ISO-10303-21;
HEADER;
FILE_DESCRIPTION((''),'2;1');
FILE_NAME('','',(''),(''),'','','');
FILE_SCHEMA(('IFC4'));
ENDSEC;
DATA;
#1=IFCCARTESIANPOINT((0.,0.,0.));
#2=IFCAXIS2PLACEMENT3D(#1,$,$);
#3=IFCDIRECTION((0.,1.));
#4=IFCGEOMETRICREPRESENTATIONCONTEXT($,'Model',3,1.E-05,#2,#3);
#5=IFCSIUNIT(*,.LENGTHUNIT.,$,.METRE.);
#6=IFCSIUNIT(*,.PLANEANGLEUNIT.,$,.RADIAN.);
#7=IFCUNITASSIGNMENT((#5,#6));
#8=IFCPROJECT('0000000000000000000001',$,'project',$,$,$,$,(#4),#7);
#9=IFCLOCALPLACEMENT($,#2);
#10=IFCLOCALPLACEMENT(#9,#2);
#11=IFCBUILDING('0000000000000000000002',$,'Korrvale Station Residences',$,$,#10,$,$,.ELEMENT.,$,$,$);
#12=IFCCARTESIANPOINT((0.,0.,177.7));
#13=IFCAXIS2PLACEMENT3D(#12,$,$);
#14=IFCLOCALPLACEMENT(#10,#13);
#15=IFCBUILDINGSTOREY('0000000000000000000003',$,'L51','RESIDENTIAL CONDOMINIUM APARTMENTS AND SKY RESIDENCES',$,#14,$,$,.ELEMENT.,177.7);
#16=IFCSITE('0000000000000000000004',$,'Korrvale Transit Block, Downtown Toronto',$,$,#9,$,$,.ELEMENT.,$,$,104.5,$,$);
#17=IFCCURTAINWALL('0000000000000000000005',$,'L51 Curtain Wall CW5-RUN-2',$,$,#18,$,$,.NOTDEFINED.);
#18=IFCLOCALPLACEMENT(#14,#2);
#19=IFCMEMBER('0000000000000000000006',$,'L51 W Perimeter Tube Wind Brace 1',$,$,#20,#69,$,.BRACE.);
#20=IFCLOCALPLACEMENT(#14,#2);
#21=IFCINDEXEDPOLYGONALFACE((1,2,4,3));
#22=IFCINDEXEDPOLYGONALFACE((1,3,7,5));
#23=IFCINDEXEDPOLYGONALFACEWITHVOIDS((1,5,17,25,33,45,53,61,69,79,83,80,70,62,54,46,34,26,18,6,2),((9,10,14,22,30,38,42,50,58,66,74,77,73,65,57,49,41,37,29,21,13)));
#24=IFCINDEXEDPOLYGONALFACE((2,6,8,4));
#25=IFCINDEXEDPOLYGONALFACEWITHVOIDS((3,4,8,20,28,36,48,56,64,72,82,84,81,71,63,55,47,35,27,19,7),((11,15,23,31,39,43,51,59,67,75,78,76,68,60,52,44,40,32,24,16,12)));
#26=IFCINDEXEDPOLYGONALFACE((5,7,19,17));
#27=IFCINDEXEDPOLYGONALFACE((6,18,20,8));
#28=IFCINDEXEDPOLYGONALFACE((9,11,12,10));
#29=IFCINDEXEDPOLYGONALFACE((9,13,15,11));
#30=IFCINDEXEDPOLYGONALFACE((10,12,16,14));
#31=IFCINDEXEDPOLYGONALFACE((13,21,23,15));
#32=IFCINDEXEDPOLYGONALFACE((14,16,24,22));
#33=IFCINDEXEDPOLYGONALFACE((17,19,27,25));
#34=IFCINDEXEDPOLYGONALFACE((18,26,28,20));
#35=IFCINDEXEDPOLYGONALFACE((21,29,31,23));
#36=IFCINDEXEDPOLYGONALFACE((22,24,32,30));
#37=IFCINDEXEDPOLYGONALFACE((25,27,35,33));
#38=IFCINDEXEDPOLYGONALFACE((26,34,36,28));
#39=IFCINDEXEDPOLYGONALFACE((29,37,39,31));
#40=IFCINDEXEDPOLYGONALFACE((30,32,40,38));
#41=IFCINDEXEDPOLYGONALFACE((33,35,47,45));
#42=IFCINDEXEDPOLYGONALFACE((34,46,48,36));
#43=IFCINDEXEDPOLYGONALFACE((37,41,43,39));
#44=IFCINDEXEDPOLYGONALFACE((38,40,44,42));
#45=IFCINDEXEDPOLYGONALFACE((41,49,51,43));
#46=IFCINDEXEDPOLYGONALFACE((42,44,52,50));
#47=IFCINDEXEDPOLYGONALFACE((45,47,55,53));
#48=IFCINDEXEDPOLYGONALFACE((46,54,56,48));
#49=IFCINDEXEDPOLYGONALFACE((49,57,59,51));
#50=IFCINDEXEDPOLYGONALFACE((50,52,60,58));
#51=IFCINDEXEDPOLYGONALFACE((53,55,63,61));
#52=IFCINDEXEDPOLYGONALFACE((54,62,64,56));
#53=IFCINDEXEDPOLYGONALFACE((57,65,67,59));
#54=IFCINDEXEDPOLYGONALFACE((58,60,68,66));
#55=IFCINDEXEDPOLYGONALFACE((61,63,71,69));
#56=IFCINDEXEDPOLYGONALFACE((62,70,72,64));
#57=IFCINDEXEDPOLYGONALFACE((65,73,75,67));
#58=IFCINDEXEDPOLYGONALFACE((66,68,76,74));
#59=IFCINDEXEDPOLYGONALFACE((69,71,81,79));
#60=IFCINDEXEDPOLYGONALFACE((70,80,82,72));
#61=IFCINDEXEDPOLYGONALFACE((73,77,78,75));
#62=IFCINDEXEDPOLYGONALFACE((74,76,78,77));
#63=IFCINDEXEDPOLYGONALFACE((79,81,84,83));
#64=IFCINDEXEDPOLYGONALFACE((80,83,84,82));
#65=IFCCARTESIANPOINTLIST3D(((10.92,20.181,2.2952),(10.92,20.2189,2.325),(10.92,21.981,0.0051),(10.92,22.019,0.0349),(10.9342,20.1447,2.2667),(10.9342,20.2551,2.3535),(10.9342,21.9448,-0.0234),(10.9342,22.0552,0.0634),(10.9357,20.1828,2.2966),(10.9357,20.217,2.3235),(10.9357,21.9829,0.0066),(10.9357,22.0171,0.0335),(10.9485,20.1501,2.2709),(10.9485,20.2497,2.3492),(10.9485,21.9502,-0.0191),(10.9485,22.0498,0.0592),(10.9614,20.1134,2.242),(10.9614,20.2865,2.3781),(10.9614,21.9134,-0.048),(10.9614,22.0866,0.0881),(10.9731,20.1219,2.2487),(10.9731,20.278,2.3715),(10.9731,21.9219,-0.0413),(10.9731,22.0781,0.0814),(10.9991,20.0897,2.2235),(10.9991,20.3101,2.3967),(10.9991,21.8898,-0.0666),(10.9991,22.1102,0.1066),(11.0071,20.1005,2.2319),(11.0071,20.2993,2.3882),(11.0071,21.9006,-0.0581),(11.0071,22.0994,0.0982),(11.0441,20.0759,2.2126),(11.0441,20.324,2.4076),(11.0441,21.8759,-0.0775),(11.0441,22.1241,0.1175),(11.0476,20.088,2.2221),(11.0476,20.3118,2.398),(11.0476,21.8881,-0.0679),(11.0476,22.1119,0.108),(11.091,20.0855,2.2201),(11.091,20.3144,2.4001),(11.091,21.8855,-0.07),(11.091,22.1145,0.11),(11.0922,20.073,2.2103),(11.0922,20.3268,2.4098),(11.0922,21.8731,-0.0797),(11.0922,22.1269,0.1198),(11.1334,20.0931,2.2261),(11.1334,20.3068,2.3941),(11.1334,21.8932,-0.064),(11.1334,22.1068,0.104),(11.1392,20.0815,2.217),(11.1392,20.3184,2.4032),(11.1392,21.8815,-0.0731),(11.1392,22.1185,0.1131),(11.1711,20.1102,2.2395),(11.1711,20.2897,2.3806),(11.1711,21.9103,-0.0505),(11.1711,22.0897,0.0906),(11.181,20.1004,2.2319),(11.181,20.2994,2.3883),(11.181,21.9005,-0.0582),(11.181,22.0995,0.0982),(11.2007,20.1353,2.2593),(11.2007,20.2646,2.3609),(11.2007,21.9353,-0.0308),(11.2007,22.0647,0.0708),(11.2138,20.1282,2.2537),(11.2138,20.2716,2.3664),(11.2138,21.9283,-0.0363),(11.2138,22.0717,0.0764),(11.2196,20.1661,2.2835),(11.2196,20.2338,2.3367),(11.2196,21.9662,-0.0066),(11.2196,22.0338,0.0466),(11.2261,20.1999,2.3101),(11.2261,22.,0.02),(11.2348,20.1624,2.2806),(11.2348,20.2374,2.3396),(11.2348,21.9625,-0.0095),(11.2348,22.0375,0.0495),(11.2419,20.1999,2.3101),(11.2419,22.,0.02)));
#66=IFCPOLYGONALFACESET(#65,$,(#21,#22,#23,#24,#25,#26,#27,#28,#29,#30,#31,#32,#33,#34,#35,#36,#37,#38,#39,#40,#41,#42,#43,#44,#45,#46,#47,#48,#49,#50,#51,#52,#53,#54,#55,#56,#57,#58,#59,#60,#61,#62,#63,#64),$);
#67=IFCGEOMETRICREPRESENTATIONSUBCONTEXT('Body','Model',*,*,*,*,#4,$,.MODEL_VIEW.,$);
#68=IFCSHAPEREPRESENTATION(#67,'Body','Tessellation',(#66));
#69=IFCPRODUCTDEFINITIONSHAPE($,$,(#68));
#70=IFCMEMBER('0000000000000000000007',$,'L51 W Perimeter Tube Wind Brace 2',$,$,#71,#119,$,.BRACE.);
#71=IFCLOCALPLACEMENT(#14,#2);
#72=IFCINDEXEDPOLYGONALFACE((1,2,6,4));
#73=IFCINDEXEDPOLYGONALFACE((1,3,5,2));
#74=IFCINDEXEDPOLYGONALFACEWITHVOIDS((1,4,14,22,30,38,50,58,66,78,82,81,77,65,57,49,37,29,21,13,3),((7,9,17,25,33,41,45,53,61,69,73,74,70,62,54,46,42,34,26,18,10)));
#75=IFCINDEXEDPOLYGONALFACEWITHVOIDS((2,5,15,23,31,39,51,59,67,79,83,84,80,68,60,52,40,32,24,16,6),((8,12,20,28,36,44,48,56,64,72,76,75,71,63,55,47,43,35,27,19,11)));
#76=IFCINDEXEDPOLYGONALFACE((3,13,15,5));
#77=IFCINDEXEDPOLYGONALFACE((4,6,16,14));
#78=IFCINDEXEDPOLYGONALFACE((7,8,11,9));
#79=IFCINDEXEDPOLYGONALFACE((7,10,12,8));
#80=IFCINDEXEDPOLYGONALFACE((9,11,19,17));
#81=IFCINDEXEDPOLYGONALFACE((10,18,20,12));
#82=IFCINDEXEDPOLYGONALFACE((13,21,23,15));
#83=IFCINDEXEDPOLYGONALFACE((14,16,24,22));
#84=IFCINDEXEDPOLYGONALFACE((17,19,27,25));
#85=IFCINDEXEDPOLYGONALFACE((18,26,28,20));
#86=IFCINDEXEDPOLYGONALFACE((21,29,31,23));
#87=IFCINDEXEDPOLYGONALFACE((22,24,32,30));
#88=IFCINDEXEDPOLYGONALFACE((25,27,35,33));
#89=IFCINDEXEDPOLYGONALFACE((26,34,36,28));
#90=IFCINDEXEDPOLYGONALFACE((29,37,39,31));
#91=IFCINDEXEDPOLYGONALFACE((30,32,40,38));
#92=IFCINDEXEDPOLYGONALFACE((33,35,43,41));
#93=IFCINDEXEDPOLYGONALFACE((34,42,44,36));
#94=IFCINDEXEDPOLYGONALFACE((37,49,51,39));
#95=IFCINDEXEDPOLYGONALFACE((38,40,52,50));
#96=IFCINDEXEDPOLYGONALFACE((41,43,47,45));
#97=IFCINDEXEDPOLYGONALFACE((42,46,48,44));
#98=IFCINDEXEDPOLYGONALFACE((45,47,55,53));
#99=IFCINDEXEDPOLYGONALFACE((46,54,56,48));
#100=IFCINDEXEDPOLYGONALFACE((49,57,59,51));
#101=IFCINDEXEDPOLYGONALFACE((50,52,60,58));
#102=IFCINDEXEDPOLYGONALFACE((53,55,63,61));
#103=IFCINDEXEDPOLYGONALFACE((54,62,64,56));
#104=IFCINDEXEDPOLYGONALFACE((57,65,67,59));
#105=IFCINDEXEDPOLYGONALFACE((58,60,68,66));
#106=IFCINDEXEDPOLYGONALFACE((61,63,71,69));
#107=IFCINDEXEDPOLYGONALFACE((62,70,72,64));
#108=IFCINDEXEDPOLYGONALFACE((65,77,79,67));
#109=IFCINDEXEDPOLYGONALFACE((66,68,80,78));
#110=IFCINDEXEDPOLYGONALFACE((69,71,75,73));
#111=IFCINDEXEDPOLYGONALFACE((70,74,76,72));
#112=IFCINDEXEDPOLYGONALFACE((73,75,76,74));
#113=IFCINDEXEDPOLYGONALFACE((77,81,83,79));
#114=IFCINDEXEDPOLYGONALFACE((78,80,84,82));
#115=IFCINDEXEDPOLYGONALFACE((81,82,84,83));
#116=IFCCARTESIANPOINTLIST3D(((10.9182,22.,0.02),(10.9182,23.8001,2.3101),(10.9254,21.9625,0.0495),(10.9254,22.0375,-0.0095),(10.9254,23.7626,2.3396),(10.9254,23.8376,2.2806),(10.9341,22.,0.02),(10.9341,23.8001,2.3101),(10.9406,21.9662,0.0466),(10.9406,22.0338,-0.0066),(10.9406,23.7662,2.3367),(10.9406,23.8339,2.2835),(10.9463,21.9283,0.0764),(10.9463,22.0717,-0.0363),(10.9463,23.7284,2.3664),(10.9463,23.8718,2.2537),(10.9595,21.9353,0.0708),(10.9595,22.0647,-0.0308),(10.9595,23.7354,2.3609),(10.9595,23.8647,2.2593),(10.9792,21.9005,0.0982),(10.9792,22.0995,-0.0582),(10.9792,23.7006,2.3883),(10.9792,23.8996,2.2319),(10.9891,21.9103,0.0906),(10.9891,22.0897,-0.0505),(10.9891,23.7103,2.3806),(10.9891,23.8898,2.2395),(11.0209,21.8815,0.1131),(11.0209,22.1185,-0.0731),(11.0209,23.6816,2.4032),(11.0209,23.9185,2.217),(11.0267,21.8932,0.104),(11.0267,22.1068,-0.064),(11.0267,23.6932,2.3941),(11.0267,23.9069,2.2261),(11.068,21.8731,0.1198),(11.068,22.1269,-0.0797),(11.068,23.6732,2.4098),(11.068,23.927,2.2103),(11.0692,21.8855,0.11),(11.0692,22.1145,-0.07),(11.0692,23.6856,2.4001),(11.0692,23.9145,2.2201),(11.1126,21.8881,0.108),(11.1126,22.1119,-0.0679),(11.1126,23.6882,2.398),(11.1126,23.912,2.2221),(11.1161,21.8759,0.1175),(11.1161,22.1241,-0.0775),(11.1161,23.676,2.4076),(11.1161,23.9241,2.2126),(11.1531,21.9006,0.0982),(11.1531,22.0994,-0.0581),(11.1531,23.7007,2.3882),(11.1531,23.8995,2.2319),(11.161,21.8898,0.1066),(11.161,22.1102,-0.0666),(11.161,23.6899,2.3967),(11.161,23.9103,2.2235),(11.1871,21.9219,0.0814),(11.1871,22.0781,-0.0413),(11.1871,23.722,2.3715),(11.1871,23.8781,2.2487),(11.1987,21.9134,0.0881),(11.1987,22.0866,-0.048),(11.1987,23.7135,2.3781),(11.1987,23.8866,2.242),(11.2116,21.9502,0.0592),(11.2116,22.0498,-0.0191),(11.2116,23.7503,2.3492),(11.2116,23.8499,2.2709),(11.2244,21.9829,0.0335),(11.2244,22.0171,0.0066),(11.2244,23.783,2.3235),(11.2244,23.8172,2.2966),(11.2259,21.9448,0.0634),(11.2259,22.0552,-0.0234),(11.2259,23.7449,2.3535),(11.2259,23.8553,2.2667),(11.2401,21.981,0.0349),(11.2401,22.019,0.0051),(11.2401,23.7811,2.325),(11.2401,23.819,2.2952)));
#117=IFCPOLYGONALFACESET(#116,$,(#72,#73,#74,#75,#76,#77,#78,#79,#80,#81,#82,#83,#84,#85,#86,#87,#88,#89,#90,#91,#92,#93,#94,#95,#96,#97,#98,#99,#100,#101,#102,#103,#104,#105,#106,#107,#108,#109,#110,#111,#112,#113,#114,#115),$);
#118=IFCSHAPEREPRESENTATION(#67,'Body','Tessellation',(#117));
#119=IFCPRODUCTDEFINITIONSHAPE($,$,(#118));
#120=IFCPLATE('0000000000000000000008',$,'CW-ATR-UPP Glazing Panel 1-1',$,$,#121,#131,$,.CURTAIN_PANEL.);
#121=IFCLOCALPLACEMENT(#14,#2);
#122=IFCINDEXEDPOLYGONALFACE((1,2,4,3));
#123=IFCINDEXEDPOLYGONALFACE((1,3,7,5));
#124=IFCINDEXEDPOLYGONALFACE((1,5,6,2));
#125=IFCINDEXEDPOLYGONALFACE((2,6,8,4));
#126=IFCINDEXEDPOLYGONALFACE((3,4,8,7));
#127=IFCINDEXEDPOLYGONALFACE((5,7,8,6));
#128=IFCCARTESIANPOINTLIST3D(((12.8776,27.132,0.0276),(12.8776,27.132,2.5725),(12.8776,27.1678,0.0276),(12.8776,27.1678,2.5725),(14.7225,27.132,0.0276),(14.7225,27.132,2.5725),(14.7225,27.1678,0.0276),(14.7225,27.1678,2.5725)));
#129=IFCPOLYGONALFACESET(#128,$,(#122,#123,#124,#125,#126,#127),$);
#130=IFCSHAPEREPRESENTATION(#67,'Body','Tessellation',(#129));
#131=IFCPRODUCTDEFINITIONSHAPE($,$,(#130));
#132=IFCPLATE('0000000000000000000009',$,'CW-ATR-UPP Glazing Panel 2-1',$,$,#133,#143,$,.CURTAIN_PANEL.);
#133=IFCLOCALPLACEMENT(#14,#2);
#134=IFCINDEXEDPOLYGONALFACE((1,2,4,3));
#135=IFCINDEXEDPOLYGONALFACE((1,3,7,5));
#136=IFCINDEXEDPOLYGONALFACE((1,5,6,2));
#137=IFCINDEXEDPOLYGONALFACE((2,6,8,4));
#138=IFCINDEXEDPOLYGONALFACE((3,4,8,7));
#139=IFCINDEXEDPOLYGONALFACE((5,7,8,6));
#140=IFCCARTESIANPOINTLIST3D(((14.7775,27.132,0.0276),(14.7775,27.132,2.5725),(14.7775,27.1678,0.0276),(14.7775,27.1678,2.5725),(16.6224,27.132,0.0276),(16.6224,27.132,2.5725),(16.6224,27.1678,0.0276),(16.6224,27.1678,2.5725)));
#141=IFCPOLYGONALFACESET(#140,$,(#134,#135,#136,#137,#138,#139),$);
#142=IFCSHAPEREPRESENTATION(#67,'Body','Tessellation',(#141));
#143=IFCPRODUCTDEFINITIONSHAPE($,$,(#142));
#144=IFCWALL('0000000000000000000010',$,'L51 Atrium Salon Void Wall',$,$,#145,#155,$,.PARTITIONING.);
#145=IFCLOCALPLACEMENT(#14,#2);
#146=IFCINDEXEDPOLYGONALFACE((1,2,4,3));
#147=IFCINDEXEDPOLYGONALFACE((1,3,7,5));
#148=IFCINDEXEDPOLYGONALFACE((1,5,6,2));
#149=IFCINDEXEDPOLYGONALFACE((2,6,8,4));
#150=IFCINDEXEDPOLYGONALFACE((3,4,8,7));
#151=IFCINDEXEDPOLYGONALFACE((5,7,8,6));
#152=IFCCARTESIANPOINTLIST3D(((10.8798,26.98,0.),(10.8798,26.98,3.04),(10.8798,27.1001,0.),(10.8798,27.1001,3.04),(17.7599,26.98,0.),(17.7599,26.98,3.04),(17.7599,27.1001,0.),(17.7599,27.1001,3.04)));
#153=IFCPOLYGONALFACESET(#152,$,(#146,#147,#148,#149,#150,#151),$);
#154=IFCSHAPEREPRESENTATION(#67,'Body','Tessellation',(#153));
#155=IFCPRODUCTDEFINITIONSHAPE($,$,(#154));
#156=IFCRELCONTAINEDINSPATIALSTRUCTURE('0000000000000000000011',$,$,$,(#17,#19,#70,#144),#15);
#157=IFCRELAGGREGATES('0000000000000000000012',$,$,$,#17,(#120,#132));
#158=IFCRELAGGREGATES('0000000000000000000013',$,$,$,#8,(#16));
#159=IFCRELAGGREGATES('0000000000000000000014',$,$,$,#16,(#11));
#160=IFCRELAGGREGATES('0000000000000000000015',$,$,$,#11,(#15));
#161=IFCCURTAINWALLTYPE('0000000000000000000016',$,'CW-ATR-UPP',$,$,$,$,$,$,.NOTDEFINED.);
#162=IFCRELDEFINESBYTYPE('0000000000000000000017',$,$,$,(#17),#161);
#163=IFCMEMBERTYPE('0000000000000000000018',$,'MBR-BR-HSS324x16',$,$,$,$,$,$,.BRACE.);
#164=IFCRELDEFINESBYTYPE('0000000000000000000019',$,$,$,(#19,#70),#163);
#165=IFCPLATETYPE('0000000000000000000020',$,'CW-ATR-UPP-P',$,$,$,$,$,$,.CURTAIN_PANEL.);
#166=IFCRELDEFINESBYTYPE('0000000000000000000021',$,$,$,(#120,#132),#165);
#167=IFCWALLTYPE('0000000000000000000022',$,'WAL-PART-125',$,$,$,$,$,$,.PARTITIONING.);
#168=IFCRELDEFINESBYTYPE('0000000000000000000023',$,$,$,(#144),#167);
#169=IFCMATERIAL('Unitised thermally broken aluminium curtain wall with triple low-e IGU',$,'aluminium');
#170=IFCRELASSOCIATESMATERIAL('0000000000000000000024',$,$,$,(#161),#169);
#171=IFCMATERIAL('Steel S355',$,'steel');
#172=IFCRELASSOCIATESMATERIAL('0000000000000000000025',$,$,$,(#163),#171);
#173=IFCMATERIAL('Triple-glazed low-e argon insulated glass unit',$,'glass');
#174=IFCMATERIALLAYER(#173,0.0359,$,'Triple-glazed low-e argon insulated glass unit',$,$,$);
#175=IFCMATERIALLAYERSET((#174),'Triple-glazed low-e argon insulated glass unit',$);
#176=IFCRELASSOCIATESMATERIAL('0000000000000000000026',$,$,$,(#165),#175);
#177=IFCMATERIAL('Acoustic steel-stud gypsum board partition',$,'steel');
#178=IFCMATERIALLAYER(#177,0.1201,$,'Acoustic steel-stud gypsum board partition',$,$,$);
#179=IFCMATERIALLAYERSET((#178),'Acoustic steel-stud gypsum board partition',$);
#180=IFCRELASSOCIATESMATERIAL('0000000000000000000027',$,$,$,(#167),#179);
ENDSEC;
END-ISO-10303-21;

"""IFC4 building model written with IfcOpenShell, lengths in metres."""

from ifc_helpers import new_model, si_unit, direction, frame, frame_2d, origin, origin_2d, place, context, subcontext, project, spatial, rectangle, hollow_circle, extrude, material, layer, layer_set, material_profile, profile_set, type_object, element, aggregate, save


model = new_model("IFC4")

# Units and contexts
model_context = context("Model", 3, precision=1e-05, world=origin(), true_north=direction((0.0, 1.0)))
body_context = subcontext(model_context, "Body", "Model", "MODEL_VIEW")
ifc_project = project(units=[si_unit("LENGTHUNIT", "METRE"), si_unit("PLANEANGLEUNIT", "RADIAN")], contexts=[model_context])

# Site, building, storey
site_placement = place(None, origin())
site = spatial("IfcSite", under=ifc_project, at=site_placement, Name="Korrvale Transit Block, Downtown Toronto", CompositionType="ELEMENT", RefElevation=104.5)
building_placement = place(site_placement, origin())
building = spatial("IfcBuilding", under=site, at=building_placement, Name="Korrvale Station Residences", CompositionType="ELEMENT")
storey_placement = place(building_placement, frame((0.0, 0.0, 177.7)))
storey = spatial("IfcBuildingStorey", under=building, at=storey_placement, Name="L51", Description="RESIDENTIAL CONDOMINIUM APARTMENTS AND SKY RESIDENCES", CompositionType="ELEMENT", Elevation=177.7)

# Curtain wall
ifc_material_1 = material(Name="Unitised thermally broken aluminium curtain wall with triple low-e IGU", Category="aluminium")
curtain_wall_type = type_object("IfcCurtainWallType", Name="CW-ATR-UPP", PredefinedType="NOTDEFINED", material=ifc_material_1)
curtain_wall_placement = place(storey_placement, origin())
curtain_wall = element("IfcCurtainWall", 1, at=curtain_wall_placement, inside=storey, type_object=curtain_wall_type, Name="L51 Curtain Wall CW5-RUN-2", PredefinedType="NOTDEFINED")

# Members
ifc_material_2 = material(Name="Steel S355", Category="steel")
ifc_material_profile_1 = material_profile(ifc_material_2, hollow_circle(Radius=0.1619, WallThickness=0.0159, at=origin_2d()), Name="HSS324x16")
ifc_profile_set_1 = profile_set([ifc_material_profile_1], Name="Steel S355")
member_type_1 = type_object("IfcMemberType", Name="MBR-BR-HSS324x16", PredefinedType="BRACE", material=ifc_profile_set_1)
for number, where, z_axis, x_axis, name in (
    (2, (11.0801, 22.0, 0.02), (0.0, -0.617977, 0.786196), (1.0, 0.0, 0.0), "L51 W Perimeter Tube Wind Brace 1"),
    (3, (11.0801, 22.0, 0.02), (0.0, 0.617977, 0.786196), (-1.0, 0.0, 0.0), "L51 W Perimeter Tube Wind Brace 2"),
):
    element("IfcMember", number, at=place(storey_placement, frame(where, z_axis=z_axis, x_axis=x_axis)), inside=storey, type_object=member_type_1, Name=name, PredefinedType="BRACE", context=body_context, shape_type="SweptSolid", body=[
        extrude(hollow_circle(Radius=0.1619, WallThickness=0.0159, at=origin_2d()), origin(), (0.0, 0.0, 1.0), 2.9128),
    ])

# Plates
ifc_material_3 = material(Name="Triple-glazed low-e argon insulated glass unit", Category="glass")
ifc_layer_1 = layer(ifc_material_3, 0.0359, Name="Triple-glazed low-e argon insulated glass unit")
ifc_layer_set_1 = layer_set([ifc_layer_1], Name="Triple-glazed low-e argon insulated glass unit")
plate_type = type_object("IfcPlateType", Name="CW-ATR-UPP-P", PredefinedType="CURTAIN_PANEL", material=ifc_layer_set_1)
plate_1_placement = place(storey_placement, frame((13.8, 27.1499, 0.0276), z_axis=(0.0, 0.0, 1.0), x_axis=(1.0, 0.0, 0.0)))
plate_1 = element("IfcPlate", 4, at=plate_1_placement, type_object=plate_type, Name="CW-ATR-UPP Glazing Panel 1-1", PredefinedType="CURTAIN_PANEL", context=body_context, shape_type="SweptSolid", body=[
    extrude(rectangle(XDim=1.845, YDim=0.0359, at=origin_2d()), origin(), (0.0, 0.0, 1.0), 2.5449),
])
plate_2_placement = place(storey_placement, frame((15.7, 27.1499, 0.0276), z_axis=(0.0, 0.0, 1.0), x_axis=(1.0, 0.0, 0.0)))
plate_2 = element("IfcPlate", 5, at=plate_2_placement, type_object=plate_type, Name="CW-ATR-UPP Glazing Panel 2-1", PredefinedType="CURTAIN_PANEL", context=body_context, shape_type="SweptSolid", body=[
    extrude(rectangle(XDim=1.845, YDim=0.0359, at=origin_2d()), origin(), (0.0, 0.0, 1.0), 2.5449),
])
aggregate(curtain_wall, [plate_1, plate_2])

# Wall
ifc_material_4 = material(Name="Acoustic steel-stud gypsum board partition", Category="steel")
ifc_layer_2 = layer(ifc_material_4, 0.1201, Name="Acoustic steel-stud gypsum board partition")
ifc_layer_set_2 = layer_set([ifc_layer_2], Name="Acoustic steel-stud gypsum board partition")
wall_type = type_object("IfcWallType", Name="WAL-PART-125", PredefinedType="PARTITIONING", material=ifc_layer_set_2)
wall_placement = place(storey_placement, frame((10.8799, 27.04, 0.0), z_axis=(0.0, 0.0, 1.0), x_axis=(1.0, 0.0, 0.0)))
element("IfcWall", 6, at=wall_placement, inside=storey, type_object=wall_type, Name="L51 Atrium Salon Void Wall", PredefinedType="PARTITIONING", context=body_context, shape_type="SweptSolid", body=[
    extrude(rectangle(XDim=6.8801, YDim=0.1201, at=frame_2d((3.4399, 0.0))), origin(), (0.0, 0.0, 1.0), 3.04),
])

save(model, "model.ifc")
